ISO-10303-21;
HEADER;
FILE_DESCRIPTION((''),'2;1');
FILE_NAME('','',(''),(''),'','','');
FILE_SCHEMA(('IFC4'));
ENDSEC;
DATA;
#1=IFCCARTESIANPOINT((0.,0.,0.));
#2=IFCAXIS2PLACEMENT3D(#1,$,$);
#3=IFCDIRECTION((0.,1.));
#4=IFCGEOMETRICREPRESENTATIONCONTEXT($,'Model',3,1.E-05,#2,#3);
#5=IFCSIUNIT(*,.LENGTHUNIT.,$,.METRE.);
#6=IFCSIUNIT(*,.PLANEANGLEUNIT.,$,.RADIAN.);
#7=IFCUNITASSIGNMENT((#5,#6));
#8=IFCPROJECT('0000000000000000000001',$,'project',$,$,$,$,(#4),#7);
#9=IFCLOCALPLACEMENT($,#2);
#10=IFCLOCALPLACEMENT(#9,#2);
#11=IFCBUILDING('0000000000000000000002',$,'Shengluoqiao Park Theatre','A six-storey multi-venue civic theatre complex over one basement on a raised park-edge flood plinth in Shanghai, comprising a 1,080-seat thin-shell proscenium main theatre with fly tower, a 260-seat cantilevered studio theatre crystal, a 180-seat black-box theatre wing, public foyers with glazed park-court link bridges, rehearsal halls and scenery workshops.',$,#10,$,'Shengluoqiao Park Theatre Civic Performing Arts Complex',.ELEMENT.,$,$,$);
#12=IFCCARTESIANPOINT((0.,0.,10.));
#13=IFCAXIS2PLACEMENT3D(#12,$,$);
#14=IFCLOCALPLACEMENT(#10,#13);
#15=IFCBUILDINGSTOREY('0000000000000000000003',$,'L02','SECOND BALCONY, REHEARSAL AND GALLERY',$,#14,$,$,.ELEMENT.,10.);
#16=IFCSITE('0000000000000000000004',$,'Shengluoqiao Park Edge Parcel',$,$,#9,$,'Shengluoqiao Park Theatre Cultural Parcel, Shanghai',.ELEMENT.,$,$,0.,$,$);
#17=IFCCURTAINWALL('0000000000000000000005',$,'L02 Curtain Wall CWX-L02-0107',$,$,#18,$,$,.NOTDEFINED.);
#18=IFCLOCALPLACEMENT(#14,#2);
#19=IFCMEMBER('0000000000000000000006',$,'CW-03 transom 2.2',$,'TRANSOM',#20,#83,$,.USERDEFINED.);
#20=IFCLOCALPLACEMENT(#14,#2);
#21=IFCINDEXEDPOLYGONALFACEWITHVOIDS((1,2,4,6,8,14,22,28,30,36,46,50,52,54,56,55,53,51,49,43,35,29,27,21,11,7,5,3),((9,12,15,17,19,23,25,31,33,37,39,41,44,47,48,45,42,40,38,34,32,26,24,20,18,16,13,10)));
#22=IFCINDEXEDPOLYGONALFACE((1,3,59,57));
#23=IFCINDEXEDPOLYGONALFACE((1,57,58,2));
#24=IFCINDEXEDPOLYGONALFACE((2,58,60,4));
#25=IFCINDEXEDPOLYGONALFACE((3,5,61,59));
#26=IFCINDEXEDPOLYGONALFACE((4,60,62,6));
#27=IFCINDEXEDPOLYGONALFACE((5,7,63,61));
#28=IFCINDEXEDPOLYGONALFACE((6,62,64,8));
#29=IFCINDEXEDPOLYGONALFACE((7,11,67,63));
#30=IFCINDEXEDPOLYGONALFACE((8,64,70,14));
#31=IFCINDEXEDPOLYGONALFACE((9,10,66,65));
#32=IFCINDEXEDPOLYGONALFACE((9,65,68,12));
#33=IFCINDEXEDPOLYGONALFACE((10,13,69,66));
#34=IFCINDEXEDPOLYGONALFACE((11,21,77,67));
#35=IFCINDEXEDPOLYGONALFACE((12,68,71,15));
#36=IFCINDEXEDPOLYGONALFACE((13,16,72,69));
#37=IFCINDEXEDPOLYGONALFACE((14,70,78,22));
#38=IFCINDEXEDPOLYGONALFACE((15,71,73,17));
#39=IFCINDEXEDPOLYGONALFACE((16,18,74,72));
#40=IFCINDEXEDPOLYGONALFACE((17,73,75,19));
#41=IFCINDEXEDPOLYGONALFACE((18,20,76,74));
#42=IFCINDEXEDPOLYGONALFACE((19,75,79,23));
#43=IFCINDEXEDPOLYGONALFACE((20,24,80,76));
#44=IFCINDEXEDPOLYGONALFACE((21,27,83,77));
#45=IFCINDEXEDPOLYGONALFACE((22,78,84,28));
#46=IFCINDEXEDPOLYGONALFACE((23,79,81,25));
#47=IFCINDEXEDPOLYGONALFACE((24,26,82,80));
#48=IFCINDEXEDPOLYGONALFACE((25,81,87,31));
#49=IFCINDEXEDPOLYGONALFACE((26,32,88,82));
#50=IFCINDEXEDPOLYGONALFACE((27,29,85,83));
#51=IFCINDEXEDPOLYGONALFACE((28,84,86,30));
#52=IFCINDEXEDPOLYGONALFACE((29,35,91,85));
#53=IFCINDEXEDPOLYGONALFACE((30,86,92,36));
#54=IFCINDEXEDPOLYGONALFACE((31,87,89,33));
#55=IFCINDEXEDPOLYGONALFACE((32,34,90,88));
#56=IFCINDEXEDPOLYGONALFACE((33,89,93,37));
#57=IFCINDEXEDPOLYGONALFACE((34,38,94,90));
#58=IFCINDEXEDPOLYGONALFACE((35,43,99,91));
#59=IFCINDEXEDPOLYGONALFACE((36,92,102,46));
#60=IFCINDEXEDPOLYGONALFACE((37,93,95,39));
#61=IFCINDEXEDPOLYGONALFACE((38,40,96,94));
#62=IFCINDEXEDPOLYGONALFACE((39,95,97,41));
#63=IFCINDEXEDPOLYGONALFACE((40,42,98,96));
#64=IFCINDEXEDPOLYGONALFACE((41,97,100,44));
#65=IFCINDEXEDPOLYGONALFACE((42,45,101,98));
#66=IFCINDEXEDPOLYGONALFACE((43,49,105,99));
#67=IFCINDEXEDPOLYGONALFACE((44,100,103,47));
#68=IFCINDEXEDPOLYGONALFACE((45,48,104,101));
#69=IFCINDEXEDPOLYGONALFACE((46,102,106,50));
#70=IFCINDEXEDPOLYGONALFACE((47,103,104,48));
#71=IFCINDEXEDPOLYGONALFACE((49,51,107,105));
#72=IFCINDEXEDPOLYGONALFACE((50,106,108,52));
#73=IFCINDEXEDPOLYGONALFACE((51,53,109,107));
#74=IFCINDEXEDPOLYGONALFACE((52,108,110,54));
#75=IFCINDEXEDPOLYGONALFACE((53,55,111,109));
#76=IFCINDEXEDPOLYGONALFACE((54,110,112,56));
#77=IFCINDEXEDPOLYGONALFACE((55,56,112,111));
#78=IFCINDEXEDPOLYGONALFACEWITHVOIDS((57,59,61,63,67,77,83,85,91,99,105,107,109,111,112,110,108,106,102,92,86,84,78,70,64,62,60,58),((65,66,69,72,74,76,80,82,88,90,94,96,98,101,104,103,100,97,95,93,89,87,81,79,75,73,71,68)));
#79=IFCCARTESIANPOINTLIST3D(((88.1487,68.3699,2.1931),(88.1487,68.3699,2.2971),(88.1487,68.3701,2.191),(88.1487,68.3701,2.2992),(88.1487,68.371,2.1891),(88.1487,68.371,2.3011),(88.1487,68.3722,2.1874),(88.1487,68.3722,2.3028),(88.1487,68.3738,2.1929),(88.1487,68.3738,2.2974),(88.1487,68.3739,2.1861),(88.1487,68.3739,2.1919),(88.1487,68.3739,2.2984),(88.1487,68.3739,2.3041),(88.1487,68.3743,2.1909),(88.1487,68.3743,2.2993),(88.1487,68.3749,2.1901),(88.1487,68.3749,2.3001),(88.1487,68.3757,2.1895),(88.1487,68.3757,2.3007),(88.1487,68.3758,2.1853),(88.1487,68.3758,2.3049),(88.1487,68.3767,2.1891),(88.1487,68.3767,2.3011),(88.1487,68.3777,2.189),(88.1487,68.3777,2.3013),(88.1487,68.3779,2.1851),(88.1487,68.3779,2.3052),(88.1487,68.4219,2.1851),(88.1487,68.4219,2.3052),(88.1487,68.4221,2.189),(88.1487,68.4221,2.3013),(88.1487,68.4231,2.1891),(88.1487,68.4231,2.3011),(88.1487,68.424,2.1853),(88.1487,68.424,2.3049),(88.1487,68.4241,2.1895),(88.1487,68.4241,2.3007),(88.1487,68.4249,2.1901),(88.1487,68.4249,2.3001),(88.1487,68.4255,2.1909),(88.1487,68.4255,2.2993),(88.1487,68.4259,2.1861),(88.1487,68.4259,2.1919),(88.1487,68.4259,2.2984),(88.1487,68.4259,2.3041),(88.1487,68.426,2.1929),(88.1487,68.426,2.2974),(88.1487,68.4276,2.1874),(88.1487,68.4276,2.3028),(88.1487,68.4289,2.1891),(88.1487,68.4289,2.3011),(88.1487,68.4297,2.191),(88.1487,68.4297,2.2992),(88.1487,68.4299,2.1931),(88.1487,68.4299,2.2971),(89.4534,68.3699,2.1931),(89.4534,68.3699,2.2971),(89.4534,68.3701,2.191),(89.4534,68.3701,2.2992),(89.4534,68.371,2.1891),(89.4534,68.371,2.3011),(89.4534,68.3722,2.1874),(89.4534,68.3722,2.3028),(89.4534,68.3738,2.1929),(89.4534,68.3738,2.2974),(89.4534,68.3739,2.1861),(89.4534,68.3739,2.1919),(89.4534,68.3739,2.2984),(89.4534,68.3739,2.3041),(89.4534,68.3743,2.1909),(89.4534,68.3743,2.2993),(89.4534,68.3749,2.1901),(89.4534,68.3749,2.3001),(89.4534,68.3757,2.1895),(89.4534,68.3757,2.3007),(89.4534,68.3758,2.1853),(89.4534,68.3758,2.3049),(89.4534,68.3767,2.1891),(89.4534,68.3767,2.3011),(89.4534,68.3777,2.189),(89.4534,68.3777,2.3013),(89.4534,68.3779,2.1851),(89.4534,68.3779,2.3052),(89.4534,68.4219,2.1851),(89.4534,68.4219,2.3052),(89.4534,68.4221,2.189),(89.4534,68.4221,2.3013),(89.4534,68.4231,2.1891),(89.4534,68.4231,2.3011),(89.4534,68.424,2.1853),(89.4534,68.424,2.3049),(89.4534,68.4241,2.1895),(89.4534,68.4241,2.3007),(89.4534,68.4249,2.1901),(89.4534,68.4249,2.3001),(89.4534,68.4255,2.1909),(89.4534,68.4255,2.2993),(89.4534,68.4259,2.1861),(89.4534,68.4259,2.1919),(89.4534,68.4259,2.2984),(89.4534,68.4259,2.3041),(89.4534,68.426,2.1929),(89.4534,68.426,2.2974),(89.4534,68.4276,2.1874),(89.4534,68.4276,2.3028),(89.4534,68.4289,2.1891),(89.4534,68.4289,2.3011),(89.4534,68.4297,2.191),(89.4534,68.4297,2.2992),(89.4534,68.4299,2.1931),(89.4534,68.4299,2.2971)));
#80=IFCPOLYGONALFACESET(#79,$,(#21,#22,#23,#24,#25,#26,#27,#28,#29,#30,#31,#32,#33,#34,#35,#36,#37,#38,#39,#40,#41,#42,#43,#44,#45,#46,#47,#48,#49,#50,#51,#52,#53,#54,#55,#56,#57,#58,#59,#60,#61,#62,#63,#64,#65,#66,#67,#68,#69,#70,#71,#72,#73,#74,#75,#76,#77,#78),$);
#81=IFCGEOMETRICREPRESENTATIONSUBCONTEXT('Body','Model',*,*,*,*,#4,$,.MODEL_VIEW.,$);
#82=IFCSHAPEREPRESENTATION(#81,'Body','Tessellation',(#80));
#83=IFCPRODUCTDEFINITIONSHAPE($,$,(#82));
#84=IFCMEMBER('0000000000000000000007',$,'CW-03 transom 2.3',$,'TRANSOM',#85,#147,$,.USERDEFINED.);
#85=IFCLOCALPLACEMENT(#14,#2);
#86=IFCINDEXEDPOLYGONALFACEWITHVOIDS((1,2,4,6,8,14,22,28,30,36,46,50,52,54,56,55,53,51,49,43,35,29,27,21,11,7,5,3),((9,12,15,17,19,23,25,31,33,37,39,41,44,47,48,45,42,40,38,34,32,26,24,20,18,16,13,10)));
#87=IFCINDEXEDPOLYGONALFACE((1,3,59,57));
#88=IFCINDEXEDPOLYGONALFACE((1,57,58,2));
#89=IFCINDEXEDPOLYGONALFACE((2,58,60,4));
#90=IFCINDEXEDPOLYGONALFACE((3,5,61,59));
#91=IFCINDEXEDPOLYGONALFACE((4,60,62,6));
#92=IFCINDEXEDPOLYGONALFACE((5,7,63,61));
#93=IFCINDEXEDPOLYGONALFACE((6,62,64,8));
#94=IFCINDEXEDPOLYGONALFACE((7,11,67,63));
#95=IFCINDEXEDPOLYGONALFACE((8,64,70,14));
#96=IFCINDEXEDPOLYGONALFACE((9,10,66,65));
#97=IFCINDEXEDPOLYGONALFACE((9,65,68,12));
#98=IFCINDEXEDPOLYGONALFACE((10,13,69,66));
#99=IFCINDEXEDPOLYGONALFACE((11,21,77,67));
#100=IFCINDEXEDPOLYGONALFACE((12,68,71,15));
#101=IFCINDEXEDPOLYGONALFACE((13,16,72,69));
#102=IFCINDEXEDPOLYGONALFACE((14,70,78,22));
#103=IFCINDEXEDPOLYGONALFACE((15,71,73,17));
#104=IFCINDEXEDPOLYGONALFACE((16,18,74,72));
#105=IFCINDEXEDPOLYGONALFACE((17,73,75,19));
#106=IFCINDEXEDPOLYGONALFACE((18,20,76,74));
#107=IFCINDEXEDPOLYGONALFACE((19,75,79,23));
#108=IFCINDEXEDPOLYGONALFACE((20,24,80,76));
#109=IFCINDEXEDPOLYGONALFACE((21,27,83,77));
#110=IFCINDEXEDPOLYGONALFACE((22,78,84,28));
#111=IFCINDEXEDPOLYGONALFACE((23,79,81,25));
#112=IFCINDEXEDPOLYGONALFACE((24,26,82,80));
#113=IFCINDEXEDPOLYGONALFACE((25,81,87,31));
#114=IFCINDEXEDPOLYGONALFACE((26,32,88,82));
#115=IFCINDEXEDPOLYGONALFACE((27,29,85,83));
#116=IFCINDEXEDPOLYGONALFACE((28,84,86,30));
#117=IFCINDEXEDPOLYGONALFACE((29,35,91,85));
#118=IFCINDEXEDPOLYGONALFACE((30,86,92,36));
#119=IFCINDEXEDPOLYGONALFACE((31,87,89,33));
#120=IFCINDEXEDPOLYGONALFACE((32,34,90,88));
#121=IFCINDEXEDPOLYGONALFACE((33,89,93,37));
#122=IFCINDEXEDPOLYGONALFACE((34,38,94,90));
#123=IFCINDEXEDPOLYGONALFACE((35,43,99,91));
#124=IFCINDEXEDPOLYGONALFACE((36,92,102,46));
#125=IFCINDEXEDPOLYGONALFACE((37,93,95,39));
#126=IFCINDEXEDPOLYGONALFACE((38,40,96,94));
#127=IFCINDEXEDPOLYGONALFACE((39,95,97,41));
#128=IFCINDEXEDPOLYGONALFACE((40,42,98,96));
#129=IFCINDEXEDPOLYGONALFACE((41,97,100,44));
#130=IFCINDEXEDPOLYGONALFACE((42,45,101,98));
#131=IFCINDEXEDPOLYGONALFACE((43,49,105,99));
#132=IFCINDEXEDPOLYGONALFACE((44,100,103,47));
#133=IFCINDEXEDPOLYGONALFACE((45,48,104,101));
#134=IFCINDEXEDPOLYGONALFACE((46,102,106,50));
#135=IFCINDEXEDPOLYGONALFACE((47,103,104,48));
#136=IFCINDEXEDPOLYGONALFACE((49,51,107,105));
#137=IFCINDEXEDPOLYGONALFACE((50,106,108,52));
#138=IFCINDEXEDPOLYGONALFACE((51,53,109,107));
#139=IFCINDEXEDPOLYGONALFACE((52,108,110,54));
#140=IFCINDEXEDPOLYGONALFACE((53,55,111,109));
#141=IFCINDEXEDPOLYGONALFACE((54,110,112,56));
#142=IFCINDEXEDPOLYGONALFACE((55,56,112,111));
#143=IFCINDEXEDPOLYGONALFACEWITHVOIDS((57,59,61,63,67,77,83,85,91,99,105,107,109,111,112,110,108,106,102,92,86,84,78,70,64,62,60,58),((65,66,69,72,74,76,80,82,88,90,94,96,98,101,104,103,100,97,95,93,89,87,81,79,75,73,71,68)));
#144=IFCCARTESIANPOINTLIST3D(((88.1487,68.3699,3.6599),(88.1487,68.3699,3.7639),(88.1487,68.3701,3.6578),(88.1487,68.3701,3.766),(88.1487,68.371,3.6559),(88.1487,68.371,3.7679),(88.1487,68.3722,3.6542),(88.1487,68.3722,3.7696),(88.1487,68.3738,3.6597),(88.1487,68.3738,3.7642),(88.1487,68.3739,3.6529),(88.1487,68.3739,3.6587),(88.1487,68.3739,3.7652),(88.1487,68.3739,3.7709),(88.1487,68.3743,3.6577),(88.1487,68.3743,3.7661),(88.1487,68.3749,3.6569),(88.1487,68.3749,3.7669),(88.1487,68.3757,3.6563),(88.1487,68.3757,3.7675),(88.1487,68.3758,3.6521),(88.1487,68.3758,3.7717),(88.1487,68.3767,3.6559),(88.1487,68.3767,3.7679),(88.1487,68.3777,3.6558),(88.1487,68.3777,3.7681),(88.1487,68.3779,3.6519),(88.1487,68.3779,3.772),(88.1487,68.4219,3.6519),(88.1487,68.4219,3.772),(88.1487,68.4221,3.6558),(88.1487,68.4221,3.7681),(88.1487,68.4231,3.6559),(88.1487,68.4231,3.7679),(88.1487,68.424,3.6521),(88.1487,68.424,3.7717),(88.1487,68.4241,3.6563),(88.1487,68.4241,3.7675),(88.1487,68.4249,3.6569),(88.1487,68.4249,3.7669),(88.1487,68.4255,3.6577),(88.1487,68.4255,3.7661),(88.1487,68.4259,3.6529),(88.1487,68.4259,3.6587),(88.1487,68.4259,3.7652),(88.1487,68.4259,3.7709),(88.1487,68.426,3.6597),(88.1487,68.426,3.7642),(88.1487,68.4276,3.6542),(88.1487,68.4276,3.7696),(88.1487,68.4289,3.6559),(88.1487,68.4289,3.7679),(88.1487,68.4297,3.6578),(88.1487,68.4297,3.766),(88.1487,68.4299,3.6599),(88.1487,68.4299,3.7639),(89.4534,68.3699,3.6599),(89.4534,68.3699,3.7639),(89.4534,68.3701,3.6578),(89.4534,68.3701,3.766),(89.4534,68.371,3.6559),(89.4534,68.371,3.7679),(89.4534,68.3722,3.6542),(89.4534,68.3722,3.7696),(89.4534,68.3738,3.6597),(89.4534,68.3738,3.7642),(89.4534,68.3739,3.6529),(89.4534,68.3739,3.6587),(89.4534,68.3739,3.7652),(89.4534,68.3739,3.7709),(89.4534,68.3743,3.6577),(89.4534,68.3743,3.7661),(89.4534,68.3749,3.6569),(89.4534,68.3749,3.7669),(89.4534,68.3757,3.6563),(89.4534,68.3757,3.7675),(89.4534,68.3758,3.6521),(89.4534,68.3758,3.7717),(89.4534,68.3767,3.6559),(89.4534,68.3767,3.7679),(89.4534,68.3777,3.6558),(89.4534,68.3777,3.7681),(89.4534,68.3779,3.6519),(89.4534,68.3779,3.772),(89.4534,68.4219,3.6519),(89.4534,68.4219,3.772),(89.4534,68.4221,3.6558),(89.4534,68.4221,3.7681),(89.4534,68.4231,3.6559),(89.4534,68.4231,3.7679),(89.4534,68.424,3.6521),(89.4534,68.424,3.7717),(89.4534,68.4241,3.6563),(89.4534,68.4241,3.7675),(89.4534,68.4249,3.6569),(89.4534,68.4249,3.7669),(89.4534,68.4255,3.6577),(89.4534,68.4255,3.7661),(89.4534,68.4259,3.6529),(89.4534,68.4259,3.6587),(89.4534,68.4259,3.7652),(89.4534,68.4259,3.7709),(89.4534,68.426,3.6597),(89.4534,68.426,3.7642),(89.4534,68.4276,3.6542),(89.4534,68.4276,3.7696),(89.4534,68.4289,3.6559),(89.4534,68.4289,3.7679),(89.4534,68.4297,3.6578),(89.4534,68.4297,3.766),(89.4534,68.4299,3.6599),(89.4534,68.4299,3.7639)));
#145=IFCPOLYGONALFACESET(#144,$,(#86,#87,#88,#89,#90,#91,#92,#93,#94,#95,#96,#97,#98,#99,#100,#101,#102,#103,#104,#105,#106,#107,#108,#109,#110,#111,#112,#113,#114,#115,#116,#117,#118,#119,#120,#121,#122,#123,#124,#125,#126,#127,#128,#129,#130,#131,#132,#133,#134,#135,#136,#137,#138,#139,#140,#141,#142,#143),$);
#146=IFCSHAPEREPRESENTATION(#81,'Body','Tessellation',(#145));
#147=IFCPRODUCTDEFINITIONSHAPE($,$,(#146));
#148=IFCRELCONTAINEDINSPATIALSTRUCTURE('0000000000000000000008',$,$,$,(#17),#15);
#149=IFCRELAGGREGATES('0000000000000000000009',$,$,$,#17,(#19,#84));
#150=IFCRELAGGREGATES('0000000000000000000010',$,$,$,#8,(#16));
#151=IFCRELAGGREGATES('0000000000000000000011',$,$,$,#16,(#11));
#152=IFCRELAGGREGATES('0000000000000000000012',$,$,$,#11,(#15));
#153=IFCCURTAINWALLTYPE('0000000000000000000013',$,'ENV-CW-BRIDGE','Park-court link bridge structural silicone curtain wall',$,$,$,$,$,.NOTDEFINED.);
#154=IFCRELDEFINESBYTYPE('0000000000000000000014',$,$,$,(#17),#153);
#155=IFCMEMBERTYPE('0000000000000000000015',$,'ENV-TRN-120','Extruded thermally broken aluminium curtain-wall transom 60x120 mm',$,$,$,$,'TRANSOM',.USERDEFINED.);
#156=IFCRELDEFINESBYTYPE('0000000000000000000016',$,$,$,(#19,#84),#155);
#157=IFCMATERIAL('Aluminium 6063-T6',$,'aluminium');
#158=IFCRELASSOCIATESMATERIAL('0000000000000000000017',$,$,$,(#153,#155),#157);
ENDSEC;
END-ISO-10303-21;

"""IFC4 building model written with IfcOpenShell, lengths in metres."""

from ifc_helpers import new_model, si_unit, direction, frame, origin, origin_2d, place, context, subcontext, project, spatial, hollow_rectangle, extrude, material, material_profile, profile_set, type_object, element, aggregate, save


model = new_model("IFC4")

# Units and contexts
model_context = context("Model", 3, precision=1e-05, world=origin(), true_north=direction((0.0, 1.0)))
body_context = subcontext(model_context, "Body", "Model", "MODEL_VIEW")
ifc_project = project(units=[si_unit("LENGTHUNIT", "METRE"), si_unit("PLANEANGLEUNIT", "RADIAN")], contexts=[model_context])

# Site, building, storey
site_placement = place(None, origin())
site = spatial("IfcSite", under=ifc_project, at=site_placement, Name="Shengluoqiao Park Edge Parcel", LongName="Shengluoqiao Park Theatre Cultural Parcel, Shanghai", CompositionType="ELEMENT", RefElevation=0.0)
building_placement = place(site_placement, origin())
building = spatial("IfcBuilding", under=site, at=building_placement, Name="Shengluoqiao Park Theatre", Description="A six-storey multi-venue civic theatre complex over one basement on a raised park-edge flood plinth in Shanghai, comprising a 1,080-seat thin-shell proscenium main theatre with fly tower, a 260-seat cantilevered studio theatre crystal, a 180-seat black-box theatre wing, public foyers with glazed park-court link bridges, rehearsal halls and scenery workshops.", LongName="Shengluoqiao Park Theatre Civic Performing Arts Complex", CompositionType="ELEMENT")
storey_placement = place(building_placement, frame((0.0, 0.0, 10.0)))
storey = spatial("IfcBuildingStorey", under=building, at=storey_placement, Name="L02", Description="SECOND BALCONY, REHEARSAL AND GALLERY", CompositionType="ELEMENT", Elevation=10.0)

# Curtain wall
ifc_material_1 = material(Name="Aluminium 6063-T6", Category="aluminium")
curtain_wall_type_1 = type_object("IfcCurtainWallType", Name="ENV-CW-BRIDGE", Description="Park-court link bridge structural silicone curtain wall", PredefinedType="NOTDEFINED", material=ifc_material_1)
curtain_wall_1_placement = place(storey_placement, origin())
curtain_wall_1 = element("IfcCurtainWall", 1, at=curtain_wall_1_placement, inside=storey, type_object=curtain_wall_type_1, Name="L02 Curtain Wall CWX-L02-0107", PredefinedType="NOTDEFINED")

# Members
ifc_material_profile_1 = material_profile(ifc_material_1, hollow_rectangle(XDim=0.0601, YDim=0.1201, WallThickness=0.0039, InnerFilletRadius=0.0039, OuterFilletRadius=0.0081, at=origin_2d()), Name="ALU TRANSOM 120x60x4")
ifc_profile_set_1 = profile_set([ifc_material_profile_1], Name="Aluminium 6063-T6")
member_type_1 = type_object("IfcMemberType", Name="ENV-TRN-120", Description="Extruded thermally broken aluminium curtain-wall transom 60x120 mm", ElementType="TRANSOM", PredefinedType="USERDEFINED", material=ifc_profile_set_1)
member_1_placement = place(storey_placement, frame((88.1487, 68.3999, 2.2451), z_axis=(1.0, 0.0, 0.0), x_axis=(0.0, 1.0, 0.0)))
member_1 = element("IfcMember", 2, at=member_1_placement, type_object=member_type_1, Name="CW-03 transom 2.2", ObjectType="TRANSOM", PredefinedType="USERDEFINED", context=body_context, shape_type="SweptSolid", body=[
    extrude(hollow_rectangle(XDim=0.0601, YDim=0.1201, WallThickness=0.0039, InnerFilletRadius=0.0039, OuterFilletRadius=0.0081, at=origin_2d()), origin(), (0.0, 0.0, 1.0), 1.3047),
])
member_2_placement = place(storey_placement, frame((88.1487, 68.3999, 3.7119), z_axis=(1.0, 0.0, 0.0), x_axis=(0.0, 1.0, 0.0)))
member_2 = element("IfcMember", 3, at=member_2_placement, type_object=member_type_1, Name="CW-03 transom 2.3", ObjectType="TRANSOM", PredefinedType="USERDEFINED", context=body_context, shape_type="SweptSolid", body=[
    extrude(hollow_rectangle(XDim=0.0601, YDim=0.1201, WallThickness=0.0039, InnerFilletRadius=0.0039, OuterFilletRadius=0.0081, at=origin_2d()), origin(), (0.0, 0.0, 1.0), 1.3047),
])

aggregate(curtain_wall_1, [member_1, member_2])

save(model, "model.ifc")
